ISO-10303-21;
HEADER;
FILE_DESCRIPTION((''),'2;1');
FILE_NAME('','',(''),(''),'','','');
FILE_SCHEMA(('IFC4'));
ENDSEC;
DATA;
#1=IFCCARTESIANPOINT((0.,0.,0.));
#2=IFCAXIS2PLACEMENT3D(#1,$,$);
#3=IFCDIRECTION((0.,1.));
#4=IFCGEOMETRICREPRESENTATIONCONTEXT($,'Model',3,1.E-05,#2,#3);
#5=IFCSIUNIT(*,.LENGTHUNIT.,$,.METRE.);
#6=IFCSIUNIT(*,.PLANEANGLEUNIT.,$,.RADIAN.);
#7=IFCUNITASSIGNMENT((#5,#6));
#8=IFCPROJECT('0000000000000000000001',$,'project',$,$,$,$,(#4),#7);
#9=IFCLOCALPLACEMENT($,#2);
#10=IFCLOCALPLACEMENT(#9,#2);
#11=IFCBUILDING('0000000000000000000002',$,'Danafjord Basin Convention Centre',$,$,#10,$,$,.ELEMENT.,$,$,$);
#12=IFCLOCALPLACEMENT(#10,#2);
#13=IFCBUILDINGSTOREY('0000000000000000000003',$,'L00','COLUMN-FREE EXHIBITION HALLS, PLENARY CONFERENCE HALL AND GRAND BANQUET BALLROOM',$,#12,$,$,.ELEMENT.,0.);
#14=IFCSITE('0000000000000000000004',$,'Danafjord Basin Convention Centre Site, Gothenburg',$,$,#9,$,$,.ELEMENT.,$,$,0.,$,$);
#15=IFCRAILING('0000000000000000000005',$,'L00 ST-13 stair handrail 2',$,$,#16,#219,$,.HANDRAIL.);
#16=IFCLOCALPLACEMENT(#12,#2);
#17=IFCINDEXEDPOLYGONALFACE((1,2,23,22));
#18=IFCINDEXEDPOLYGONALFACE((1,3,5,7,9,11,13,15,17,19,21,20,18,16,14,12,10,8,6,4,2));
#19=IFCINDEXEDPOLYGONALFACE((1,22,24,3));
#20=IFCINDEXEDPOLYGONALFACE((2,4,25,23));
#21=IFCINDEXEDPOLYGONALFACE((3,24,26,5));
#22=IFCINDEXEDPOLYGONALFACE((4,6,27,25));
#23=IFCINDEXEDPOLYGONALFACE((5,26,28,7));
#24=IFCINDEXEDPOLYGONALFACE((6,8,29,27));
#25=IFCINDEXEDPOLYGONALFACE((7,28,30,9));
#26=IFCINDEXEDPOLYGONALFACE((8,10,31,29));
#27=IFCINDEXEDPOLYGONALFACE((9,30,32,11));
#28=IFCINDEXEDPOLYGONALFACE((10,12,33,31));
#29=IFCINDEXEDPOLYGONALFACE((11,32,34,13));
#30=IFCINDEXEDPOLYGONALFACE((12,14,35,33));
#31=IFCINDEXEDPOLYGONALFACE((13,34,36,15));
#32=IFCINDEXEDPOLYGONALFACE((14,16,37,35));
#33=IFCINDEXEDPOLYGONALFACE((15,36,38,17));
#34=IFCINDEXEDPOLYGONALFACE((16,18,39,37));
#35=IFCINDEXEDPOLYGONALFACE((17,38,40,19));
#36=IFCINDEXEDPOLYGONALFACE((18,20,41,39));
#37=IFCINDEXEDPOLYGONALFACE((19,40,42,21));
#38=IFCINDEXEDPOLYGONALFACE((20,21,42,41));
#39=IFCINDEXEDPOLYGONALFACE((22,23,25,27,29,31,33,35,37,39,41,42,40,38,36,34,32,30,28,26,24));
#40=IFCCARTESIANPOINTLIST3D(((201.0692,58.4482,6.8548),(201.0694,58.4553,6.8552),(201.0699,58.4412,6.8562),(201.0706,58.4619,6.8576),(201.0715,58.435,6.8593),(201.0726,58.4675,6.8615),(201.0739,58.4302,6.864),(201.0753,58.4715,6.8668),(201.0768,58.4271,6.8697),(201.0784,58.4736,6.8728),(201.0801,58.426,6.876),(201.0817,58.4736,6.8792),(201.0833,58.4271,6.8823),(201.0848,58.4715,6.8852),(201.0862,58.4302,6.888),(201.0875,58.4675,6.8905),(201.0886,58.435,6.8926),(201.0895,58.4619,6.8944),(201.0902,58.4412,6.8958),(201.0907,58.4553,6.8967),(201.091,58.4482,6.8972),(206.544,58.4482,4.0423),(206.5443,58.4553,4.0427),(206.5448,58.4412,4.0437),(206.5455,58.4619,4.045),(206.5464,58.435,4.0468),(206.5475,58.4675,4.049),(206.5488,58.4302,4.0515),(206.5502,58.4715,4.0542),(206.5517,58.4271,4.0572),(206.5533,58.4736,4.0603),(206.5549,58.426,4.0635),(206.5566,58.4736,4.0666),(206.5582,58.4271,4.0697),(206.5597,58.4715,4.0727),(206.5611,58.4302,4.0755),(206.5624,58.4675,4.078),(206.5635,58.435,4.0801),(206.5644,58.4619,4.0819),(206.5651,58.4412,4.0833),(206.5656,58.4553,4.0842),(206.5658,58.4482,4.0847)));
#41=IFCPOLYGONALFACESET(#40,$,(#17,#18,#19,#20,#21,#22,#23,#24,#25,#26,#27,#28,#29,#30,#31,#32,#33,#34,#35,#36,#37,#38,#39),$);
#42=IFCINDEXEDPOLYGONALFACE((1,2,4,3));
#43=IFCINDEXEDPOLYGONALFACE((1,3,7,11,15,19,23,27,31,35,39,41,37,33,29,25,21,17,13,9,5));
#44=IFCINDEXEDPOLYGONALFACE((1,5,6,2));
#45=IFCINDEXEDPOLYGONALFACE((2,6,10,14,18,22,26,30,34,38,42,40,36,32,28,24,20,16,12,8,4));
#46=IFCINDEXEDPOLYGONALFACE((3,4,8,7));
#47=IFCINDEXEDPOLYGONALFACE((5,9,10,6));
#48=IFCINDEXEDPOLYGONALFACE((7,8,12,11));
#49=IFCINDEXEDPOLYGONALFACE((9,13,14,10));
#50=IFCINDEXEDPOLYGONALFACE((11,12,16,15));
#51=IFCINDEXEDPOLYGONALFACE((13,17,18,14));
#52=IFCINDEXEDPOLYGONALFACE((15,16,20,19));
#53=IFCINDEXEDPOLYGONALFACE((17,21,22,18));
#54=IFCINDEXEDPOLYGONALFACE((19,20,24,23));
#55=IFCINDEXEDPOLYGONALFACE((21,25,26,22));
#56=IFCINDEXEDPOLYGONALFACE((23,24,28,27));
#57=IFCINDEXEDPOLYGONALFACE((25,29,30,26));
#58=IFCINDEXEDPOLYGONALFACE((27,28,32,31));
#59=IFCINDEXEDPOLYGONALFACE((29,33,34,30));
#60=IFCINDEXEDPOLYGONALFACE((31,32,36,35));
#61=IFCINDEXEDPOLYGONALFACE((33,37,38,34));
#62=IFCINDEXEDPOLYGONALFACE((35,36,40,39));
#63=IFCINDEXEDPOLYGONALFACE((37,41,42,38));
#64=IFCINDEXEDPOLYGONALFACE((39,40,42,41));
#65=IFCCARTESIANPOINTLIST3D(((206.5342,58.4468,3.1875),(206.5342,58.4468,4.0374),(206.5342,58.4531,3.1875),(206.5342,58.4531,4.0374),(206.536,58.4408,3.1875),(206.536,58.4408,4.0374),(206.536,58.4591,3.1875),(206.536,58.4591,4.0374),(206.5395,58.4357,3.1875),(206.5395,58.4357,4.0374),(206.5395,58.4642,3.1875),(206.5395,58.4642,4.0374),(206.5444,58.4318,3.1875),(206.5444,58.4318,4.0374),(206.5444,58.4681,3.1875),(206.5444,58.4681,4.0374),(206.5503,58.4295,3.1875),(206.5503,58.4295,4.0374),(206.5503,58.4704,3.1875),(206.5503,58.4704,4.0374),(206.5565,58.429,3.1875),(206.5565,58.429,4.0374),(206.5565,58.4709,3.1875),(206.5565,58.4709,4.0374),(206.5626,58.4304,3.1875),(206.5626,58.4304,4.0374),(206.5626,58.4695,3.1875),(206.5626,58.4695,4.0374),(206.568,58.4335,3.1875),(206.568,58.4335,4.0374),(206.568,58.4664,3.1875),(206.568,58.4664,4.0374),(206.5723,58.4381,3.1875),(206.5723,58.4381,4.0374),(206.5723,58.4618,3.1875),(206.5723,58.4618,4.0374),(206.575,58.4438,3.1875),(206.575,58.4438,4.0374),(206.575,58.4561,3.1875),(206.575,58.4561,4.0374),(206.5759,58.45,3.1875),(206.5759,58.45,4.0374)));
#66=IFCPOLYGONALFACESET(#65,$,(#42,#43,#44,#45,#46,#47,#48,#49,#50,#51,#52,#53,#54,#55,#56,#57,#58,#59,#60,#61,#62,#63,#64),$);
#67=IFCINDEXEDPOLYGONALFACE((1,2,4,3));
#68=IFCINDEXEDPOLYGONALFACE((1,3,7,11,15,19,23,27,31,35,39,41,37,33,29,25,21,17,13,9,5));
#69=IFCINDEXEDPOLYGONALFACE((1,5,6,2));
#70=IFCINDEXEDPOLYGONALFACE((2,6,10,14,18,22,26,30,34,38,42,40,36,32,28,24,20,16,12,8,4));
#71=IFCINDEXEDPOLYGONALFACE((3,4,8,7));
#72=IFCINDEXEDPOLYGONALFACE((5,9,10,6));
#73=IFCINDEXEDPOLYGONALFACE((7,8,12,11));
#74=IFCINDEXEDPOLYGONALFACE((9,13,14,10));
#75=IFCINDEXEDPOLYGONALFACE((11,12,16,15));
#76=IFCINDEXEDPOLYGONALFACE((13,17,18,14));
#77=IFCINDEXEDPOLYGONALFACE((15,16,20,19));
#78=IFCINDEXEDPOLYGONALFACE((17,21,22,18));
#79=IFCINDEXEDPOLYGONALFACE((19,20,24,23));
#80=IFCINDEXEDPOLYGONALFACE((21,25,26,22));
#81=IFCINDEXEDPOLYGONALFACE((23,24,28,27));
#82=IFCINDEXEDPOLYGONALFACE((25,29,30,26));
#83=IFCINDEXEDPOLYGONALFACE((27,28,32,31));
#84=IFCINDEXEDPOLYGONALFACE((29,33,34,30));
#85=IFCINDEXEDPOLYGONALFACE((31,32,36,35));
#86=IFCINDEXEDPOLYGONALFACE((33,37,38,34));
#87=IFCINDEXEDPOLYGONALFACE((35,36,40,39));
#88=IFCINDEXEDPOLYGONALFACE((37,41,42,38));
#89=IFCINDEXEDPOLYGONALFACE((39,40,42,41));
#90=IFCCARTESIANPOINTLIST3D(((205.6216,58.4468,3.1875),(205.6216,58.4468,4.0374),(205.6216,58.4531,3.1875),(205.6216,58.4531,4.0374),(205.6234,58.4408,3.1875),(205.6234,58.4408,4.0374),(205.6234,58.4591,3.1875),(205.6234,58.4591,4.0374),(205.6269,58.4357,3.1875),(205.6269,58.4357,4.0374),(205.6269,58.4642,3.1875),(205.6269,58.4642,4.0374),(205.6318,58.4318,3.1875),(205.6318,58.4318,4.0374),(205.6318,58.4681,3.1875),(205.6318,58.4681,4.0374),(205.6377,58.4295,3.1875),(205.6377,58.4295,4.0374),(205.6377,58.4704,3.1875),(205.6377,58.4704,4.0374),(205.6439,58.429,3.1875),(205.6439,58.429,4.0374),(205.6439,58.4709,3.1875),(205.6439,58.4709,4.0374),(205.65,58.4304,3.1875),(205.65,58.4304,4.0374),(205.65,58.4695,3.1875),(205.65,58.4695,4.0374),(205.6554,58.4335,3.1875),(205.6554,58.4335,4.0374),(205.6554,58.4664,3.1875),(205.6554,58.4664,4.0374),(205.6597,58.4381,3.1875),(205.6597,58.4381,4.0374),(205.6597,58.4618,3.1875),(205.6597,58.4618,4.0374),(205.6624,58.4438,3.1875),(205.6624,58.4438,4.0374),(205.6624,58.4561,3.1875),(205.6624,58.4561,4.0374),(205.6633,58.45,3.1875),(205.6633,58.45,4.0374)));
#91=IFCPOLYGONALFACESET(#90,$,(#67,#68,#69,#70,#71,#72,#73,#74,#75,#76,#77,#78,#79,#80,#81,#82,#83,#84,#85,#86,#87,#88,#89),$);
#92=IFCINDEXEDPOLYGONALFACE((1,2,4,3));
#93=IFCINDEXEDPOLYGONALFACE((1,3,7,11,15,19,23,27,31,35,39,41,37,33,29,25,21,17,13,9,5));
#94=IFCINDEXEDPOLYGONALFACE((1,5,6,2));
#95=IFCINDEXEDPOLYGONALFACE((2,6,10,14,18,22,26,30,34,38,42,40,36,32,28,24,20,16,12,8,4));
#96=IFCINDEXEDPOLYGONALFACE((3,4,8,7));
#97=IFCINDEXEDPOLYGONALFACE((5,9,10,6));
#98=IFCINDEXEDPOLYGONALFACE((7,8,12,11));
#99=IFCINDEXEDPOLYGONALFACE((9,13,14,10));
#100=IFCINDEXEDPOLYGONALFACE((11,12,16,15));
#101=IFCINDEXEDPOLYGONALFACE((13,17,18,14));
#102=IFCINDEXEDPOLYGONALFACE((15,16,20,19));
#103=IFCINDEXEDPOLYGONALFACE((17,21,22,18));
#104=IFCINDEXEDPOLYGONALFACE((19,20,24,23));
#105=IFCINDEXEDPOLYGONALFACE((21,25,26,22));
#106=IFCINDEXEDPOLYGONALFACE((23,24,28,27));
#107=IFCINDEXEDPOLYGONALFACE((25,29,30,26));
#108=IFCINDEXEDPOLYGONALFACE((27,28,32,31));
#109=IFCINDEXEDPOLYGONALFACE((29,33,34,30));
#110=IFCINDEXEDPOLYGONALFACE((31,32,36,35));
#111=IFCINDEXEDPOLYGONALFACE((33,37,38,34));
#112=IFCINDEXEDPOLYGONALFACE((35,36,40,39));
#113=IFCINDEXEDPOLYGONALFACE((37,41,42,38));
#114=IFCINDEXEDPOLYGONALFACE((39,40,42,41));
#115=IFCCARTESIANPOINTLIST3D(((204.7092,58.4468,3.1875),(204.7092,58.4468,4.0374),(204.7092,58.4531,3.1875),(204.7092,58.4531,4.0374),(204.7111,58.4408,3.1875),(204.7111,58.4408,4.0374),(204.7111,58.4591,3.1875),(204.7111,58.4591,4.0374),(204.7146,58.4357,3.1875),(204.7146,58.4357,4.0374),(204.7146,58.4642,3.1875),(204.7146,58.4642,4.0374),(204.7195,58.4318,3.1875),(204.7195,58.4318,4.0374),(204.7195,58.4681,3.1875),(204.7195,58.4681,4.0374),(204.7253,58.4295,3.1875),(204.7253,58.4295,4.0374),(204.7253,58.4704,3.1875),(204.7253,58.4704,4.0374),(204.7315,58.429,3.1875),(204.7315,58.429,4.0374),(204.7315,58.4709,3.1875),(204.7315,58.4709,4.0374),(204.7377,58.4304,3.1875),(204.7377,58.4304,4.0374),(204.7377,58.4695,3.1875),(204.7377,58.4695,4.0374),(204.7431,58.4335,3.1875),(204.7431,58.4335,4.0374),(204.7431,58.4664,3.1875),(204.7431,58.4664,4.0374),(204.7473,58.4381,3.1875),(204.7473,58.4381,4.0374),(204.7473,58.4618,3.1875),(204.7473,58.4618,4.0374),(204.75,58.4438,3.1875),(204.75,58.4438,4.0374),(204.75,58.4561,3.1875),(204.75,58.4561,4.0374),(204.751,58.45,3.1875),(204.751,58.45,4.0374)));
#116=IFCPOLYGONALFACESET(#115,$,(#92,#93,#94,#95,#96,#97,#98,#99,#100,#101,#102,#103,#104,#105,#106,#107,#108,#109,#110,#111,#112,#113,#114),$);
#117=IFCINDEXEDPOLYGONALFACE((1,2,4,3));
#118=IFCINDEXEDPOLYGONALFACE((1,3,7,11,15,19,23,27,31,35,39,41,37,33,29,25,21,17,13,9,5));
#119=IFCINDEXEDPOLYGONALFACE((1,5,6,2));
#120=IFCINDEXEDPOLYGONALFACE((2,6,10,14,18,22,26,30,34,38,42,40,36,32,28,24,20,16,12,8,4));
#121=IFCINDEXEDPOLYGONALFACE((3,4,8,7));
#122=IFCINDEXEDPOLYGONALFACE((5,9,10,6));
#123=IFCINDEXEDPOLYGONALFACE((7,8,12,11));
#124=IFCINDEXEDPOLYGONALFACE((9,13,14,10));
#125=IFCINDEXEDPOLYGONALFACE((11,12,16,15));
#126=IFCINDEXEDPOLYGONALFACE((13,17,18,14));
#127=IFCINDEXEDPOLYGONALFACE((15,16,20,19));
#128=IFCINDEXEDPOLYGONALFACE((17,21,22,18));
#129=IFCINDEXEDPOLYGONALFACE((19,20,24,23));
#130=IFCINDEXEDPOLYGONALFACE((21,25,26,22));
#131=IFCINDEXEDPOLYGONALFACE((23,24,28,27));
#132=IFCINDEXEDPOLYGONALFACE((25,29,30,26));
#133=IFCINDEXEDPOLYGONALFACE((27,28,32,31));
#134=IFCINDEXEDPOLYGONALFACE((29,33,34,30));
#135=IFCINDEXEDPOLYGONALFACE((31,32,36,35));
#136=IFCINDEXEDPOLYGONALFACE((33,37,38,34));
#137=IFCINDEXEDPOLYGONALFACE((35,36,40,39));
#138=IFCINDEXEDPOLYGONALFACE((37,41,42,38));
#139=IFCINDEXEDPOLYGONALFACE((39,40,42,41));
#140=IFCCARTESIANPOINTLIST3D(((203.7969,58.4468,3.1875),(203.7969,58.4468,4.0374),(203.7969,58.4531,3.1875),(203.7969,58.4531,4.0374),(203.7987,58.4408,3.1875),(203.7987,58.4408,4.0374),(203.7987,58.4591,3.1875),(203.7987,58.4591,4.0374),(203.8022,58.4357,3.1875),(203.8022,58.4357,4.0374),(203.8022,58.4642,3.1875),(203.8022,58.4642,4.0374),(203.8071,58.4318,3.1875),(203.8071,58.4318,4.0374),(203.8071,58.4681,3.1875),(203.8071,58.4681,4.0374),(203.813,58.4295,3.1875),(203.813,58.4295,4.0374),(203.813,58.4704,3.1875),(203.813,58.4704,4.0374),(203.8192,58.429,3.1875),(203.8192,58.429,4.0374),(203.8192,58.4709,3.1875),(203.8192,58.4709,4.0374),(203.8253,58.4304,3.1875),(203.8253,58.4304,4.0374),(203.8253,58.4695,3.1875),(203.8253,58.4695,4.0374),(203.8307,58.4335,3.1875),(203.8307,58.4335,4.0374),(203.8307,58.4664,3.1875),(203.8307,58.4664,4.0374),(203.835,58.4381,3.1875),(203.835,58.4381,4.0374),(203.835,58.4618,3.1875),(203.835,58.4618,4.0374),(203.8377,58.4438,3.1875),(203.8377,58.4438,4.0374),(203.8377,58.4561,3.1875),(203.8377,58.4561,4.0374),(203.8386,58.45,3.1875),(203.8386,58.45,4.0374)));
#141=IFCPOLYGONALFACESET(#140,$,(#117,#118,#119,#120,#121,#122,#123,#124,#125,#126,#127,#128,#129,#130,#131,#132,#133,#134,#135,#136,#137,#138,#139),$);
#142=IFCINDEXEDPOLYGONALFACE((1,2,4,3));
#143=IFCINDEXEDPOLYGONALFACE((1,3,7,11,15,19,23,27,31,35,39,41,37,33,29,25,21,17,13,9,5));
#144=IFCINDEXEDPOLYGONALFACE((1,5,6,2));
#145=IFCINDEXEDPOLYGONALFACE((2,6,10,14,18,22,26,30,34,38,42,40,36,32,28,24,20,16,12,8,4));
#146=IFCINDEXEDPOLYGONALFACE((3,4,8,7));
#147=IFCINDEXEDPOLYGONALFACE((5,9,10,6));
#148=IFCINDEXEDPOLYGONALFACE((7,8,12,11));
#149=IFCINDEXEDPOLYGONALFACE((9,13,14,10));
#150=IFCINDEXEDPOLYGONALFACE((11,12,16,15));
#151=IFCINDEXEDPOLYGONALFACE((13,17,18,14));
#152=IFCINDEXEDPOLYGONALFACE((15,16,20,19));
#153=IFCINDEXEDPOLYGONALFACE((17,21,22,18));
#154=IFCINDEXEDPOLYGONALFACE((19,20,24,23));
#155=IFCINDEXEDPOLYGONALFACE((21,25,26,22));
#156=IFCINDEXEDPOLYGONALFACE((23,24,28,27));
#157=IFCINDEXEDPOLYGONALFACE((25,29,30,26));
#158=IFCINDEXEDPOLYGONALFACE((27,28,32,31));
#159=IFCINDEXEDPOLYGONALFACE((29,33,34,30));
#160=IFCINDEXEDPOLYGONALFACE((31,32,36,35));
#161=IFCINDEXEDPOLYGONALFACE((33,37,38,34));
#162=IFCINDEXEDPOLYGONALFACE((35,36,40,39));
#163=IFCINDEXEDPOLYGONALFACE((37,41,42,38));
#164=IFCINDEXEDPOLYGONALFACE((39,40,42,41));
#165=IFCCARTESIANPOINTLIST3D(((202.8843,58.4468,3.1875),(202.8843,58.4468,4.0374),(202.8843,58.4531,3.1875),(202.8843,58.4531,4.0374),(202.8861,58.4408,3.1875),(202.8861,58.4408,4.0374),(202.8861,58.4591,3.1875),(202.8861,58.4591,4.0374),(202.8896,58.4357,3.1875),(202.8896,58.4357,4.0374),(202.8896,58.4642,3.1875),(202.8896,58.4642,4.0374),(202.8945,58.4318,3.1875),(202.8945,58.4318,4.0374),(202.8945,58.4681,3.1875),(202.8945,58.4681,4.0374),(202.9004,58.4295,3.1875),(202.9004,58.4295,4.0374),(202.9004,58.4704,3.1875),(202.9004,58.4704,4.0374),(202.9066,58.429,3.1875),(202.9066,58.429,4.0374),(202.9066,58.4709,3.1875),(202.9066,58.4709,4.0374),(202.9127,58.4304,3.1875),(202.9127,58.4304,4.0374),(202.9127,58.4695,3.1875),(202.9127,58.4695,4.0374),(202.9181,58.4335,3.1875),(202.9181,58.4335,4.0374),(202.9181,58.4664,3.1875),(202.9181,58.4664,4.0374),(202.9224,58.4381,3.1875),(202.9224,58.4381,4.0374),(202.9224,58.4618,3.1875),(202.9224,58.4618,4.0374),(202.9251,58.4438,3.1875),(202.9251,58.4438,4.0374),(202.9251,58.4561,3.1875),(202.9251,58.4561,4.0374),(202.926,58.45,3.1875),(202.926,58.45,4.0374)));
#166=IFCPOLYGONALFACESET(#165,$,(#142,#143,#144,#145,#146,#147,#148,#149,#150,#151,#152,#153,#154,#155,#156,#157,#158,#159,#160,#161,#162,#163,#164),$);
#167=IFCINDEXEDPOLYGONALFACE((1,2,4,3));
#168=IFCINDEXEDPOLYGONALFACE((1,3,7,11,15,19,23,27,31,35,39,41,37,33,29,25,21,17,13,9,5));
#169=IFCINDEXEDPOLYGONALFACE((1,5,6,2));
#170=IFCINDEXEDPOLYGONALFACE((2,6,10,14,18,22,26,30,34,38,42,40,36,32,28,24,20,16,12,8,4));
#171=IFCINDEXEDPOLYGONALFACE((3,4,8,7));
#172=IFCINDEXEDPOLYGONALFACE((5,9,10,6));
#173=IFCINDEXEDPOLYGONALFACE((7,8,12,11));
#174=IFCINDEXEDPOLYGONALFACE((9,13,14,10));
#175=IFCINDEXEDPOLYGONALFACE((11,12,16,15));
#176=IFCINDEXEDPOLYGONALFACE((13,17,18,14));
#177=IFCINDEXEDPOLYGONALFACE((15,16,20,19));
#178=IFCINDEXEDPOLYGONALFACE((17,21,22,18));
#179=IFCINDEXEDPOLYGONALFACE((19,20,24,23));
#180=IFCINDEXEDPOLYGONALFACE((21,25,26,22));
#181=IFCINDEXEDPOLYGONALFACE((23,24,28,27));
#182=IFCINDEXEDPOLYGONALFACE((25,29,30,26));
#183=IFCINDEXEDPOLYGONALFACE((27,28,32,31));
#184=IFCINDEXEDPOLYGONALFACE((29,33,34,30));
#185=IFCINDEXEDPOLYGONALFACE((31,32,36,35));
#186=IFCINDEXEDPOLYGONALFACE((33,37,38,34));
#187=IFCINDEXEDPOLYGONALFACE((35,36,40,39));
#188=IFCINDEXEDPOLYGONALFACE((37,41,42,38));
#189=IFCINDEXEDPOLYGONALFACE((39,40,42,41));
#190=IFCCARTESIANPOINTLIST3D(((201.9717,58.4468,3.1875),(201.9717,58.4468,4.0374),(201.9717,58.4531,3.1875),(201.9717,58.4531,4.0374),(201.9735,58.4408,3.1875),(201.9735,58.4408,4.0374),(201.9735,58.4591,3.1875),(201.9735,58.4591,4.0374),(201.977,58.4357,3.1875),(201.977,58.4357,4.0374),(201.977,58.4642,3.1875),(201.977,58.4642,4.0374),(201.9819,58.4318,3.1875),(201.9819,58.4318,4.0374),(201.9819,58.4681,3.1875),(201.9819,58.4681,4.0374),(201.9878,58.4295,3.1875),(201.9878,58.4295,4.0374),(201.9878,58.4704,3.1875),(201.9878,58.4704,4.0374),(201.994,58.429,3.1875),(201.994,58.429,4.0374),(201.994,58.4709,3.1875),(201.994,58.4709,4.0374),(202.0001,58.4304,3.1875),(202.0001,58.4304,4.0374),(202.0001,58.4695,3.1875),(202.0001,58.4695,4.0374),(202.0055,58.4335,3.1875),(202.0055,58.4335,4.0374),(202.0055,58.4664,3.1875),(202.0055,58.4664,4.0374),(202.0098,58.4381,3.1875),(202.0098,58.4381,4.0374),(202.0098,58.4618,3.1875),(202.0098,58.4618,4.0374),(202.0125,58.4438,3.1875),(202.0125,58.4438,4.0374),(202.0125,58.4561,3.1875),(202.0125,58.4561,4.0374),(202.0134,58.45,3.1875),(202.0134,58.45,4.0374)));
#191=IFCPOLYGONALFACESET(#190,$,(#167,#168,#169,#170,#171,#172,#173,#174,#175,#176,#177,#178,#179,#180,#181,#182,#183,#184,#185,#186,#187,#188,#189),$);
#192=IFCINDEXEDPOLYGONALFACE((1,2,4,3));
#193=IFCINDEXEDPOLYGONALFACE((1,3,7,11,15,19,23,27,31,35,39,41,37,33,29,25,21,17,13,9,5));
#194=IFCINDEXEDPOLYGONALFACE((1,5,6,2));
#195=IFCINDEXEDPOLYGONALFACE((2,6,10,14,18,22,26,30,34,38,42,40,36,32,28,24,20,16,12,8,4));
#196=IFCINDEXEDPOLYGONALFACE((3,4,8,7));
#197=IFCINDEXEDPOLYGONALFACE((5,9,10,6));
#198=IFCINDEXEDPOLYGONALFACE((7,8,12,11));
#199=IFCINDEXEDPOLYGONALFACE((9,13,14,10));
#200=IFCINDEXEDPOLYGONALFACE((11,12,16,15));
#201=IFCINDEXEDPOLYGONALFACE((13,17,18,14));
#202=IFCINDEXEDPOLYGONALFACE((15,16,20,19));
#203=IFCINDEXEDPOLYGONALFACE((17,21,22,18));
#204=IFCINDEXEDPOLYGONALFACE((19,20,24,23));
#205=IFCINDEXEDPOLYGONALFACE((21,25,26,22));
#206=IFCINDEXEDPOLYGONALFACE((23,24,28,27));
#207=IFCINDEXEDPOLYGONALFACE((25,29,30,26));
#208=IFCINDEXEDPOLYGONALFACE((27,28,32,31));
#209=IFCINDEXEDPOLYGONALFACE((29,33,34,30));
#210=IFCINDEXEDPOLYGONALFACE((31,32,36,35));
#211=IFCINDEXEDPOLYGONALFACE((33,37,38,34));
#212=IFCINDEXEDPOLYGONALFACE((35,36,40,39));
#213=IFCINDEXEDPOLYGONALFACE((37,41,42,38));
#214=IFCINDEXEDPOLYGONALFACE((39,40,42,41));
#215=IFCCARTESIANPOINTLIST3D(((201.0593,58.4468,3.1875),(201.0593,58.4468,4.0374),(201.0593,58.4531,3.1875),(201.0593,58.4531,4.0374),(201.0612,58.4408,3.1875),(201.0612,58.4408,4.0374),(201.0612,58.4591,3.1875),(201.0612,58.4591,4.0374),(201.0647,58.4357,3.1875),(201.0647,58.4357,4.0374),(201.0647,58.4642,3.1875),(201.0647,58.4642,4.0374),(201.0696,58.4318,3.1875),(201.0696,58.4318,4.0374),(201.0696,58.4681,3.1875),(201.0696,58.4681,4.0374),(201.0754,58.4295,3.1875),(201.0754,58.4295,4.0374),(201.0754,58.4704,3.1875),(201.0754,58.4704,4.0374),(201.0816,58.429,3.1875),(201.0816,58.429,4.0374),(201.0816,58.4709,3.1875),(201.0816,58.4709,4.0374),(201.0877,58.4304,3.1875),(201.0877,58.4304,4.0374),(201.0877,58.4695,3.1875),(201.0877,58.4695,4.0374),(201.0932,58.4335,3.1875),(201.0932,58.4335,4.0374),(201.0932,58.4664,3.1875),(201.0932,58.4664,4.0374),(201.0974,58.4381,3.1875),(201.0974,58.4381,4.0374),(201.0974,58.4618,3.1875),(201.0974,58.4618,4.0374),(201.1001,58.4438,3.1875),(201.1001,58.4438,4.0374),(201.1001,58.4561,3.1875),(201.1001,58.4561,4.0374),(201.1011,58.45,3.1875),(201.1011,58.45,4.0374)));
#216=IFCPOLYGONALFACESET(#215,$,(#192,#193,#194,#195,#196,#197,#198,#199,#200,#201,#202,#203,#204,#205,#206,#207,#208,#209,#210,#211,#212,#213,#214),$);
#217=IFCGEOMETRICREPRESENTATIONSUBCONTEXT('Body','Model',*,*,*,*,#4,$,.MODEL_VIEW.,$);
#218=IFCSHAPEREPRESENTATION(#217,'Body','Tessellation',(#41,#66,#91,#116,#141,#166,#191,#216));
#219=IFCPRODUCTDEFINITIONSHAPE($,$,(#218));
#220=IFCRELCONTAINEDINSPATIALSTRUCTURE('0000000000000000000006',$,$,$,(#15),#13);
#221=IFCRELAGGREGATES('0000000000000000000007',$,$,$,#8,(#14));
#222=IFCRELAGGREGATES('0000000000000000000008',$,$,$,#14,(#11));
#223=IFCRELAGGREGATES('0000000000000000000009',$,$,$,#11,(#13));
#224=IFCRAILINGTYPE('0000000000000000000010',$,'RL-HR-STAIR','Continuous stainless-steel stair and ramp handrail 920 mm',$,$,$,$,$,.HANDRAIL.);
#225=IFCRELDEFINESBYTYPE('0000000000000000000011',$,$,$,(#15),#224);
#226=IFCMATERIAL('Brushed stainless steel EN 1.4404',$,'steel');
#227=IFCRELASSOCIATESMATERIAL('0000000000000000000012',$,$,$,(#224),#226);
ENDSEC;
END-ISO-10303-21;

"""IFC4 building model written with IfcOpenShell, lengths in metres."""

from ifc_helpers import new_model, si_unit, direction, frame, origin, origin_2d, place, context, subcontext, project, spatial, circle, extrude, material, type_object, element, save


model = new_model("IFC4")

# Units and contexts
model_context = context("Model", 3, precision=1e-05, world=origin(), true_north=direction((0.0, 1.0)))
body_context = subcontext(model_context, "Body", "Model", "MODEL_VIEW")
ifc_project = project(units=[si_unit("LENGTHUNIT", "METRE"), si_unit("PLANEANGLEUNIT", "RADIAN")], contexts=[model_context])

# Site, building, storey
site_placement = place(None, origin())
site = spatial("IfcSite", under=ifc_project, at=site_placement, Name="Danafjord Basin Convention Centre Site, Gothenburg", CompositionType="ELEMENT", RefElevation=0.0)
building_placement = place(site_placement, origin())
building = spatial("IfcBuilding", under=site, at=building_placement, Name="Danafjord Basin Convention Centre", CompositionType="ELEMENT")
storey_placement = place(building_placement, origin())
storey = spatial("IfcBuildingStorey", under=building, at=storey_placement, Name="L00", Description="COLUMN-FREE EXHIBITION HALLS, PLENARY CONFERENCE HALL AND GRAND BANQUET BALLROOM", CompositionType="ELEMENT", Elevation=0.0)

# Railing
ifc_material_1 = material(Name="Brushed stainless steel EN 1.4404", Category="steel")
railing_type_1 = type_object("IfcRailingType", Name="RL-HR-STAIR", Description="Continuous stainless-steel stair and ramp handrail 920 mm", PredefinedType="HANDRAIL", material=ifc_material_1)
railing_1_placement = place(storey_placement, frame((206.5549, 58.45, 3.1875)))
element("IfcRailing", 1, at=railing_1_placement, inside=storey, type_object=railing_type_1, Name="L00 ST-13 stair handrail 2", PredefinedType="HANDRAIL", context=body_context, shape_type="SweptSolid", body=[
    extrude(circle(Radius=0.0239, at=origin_2d()), frame((0.0, 0.0, 0.876), z_axis=(-0.889495, 0.0, 0.456945), x_axis=(0.0, -1.0, 0.0)), (0.0, 0.0, 1.0), 6.155),
    extrude(circle(Radius=0.021, at=origin_2d()), origin(), (0.0, 0.0, 1.0), 0.8499),
    extrude(circle(Radius=0.021, at=origin_2d()), frame((-0.9126, 0.0, 0.0)), (0.0, 0.0, 1.0), 0.8499),
    extrude(circle(Radius=0.021, at=origin_2d()), frame((-1.825, 0.0, 0.0)), (0.0, 0.0, 1.0), 0.8499),
    extrude(circle(Radius=0.021, at=origin_2d()), frame((-2.7373, 0.0, 0.0)), (0.0, 0.0, 1.0), 0.8499),
    extrude(circle(Radius=0.021, at=origin_2d()), frame((-3.6499, 0.0, 0.0)), (0.0, 0.0, 1.0), 0.8499),
    extrude(circle(Radius=0.021, at=origin_2d()), frame((-4.5625, 0.0, 0.0)), (0.0, 0.0, 1.0), 0.8499),
    extrude(circle(Radius=0.021, at=origin_2d()), frame((-5.4749, 0.0, 0.0)), (0.0, 0.0, 1.0), 0.8499),
])

save(model, "model.ifc")
